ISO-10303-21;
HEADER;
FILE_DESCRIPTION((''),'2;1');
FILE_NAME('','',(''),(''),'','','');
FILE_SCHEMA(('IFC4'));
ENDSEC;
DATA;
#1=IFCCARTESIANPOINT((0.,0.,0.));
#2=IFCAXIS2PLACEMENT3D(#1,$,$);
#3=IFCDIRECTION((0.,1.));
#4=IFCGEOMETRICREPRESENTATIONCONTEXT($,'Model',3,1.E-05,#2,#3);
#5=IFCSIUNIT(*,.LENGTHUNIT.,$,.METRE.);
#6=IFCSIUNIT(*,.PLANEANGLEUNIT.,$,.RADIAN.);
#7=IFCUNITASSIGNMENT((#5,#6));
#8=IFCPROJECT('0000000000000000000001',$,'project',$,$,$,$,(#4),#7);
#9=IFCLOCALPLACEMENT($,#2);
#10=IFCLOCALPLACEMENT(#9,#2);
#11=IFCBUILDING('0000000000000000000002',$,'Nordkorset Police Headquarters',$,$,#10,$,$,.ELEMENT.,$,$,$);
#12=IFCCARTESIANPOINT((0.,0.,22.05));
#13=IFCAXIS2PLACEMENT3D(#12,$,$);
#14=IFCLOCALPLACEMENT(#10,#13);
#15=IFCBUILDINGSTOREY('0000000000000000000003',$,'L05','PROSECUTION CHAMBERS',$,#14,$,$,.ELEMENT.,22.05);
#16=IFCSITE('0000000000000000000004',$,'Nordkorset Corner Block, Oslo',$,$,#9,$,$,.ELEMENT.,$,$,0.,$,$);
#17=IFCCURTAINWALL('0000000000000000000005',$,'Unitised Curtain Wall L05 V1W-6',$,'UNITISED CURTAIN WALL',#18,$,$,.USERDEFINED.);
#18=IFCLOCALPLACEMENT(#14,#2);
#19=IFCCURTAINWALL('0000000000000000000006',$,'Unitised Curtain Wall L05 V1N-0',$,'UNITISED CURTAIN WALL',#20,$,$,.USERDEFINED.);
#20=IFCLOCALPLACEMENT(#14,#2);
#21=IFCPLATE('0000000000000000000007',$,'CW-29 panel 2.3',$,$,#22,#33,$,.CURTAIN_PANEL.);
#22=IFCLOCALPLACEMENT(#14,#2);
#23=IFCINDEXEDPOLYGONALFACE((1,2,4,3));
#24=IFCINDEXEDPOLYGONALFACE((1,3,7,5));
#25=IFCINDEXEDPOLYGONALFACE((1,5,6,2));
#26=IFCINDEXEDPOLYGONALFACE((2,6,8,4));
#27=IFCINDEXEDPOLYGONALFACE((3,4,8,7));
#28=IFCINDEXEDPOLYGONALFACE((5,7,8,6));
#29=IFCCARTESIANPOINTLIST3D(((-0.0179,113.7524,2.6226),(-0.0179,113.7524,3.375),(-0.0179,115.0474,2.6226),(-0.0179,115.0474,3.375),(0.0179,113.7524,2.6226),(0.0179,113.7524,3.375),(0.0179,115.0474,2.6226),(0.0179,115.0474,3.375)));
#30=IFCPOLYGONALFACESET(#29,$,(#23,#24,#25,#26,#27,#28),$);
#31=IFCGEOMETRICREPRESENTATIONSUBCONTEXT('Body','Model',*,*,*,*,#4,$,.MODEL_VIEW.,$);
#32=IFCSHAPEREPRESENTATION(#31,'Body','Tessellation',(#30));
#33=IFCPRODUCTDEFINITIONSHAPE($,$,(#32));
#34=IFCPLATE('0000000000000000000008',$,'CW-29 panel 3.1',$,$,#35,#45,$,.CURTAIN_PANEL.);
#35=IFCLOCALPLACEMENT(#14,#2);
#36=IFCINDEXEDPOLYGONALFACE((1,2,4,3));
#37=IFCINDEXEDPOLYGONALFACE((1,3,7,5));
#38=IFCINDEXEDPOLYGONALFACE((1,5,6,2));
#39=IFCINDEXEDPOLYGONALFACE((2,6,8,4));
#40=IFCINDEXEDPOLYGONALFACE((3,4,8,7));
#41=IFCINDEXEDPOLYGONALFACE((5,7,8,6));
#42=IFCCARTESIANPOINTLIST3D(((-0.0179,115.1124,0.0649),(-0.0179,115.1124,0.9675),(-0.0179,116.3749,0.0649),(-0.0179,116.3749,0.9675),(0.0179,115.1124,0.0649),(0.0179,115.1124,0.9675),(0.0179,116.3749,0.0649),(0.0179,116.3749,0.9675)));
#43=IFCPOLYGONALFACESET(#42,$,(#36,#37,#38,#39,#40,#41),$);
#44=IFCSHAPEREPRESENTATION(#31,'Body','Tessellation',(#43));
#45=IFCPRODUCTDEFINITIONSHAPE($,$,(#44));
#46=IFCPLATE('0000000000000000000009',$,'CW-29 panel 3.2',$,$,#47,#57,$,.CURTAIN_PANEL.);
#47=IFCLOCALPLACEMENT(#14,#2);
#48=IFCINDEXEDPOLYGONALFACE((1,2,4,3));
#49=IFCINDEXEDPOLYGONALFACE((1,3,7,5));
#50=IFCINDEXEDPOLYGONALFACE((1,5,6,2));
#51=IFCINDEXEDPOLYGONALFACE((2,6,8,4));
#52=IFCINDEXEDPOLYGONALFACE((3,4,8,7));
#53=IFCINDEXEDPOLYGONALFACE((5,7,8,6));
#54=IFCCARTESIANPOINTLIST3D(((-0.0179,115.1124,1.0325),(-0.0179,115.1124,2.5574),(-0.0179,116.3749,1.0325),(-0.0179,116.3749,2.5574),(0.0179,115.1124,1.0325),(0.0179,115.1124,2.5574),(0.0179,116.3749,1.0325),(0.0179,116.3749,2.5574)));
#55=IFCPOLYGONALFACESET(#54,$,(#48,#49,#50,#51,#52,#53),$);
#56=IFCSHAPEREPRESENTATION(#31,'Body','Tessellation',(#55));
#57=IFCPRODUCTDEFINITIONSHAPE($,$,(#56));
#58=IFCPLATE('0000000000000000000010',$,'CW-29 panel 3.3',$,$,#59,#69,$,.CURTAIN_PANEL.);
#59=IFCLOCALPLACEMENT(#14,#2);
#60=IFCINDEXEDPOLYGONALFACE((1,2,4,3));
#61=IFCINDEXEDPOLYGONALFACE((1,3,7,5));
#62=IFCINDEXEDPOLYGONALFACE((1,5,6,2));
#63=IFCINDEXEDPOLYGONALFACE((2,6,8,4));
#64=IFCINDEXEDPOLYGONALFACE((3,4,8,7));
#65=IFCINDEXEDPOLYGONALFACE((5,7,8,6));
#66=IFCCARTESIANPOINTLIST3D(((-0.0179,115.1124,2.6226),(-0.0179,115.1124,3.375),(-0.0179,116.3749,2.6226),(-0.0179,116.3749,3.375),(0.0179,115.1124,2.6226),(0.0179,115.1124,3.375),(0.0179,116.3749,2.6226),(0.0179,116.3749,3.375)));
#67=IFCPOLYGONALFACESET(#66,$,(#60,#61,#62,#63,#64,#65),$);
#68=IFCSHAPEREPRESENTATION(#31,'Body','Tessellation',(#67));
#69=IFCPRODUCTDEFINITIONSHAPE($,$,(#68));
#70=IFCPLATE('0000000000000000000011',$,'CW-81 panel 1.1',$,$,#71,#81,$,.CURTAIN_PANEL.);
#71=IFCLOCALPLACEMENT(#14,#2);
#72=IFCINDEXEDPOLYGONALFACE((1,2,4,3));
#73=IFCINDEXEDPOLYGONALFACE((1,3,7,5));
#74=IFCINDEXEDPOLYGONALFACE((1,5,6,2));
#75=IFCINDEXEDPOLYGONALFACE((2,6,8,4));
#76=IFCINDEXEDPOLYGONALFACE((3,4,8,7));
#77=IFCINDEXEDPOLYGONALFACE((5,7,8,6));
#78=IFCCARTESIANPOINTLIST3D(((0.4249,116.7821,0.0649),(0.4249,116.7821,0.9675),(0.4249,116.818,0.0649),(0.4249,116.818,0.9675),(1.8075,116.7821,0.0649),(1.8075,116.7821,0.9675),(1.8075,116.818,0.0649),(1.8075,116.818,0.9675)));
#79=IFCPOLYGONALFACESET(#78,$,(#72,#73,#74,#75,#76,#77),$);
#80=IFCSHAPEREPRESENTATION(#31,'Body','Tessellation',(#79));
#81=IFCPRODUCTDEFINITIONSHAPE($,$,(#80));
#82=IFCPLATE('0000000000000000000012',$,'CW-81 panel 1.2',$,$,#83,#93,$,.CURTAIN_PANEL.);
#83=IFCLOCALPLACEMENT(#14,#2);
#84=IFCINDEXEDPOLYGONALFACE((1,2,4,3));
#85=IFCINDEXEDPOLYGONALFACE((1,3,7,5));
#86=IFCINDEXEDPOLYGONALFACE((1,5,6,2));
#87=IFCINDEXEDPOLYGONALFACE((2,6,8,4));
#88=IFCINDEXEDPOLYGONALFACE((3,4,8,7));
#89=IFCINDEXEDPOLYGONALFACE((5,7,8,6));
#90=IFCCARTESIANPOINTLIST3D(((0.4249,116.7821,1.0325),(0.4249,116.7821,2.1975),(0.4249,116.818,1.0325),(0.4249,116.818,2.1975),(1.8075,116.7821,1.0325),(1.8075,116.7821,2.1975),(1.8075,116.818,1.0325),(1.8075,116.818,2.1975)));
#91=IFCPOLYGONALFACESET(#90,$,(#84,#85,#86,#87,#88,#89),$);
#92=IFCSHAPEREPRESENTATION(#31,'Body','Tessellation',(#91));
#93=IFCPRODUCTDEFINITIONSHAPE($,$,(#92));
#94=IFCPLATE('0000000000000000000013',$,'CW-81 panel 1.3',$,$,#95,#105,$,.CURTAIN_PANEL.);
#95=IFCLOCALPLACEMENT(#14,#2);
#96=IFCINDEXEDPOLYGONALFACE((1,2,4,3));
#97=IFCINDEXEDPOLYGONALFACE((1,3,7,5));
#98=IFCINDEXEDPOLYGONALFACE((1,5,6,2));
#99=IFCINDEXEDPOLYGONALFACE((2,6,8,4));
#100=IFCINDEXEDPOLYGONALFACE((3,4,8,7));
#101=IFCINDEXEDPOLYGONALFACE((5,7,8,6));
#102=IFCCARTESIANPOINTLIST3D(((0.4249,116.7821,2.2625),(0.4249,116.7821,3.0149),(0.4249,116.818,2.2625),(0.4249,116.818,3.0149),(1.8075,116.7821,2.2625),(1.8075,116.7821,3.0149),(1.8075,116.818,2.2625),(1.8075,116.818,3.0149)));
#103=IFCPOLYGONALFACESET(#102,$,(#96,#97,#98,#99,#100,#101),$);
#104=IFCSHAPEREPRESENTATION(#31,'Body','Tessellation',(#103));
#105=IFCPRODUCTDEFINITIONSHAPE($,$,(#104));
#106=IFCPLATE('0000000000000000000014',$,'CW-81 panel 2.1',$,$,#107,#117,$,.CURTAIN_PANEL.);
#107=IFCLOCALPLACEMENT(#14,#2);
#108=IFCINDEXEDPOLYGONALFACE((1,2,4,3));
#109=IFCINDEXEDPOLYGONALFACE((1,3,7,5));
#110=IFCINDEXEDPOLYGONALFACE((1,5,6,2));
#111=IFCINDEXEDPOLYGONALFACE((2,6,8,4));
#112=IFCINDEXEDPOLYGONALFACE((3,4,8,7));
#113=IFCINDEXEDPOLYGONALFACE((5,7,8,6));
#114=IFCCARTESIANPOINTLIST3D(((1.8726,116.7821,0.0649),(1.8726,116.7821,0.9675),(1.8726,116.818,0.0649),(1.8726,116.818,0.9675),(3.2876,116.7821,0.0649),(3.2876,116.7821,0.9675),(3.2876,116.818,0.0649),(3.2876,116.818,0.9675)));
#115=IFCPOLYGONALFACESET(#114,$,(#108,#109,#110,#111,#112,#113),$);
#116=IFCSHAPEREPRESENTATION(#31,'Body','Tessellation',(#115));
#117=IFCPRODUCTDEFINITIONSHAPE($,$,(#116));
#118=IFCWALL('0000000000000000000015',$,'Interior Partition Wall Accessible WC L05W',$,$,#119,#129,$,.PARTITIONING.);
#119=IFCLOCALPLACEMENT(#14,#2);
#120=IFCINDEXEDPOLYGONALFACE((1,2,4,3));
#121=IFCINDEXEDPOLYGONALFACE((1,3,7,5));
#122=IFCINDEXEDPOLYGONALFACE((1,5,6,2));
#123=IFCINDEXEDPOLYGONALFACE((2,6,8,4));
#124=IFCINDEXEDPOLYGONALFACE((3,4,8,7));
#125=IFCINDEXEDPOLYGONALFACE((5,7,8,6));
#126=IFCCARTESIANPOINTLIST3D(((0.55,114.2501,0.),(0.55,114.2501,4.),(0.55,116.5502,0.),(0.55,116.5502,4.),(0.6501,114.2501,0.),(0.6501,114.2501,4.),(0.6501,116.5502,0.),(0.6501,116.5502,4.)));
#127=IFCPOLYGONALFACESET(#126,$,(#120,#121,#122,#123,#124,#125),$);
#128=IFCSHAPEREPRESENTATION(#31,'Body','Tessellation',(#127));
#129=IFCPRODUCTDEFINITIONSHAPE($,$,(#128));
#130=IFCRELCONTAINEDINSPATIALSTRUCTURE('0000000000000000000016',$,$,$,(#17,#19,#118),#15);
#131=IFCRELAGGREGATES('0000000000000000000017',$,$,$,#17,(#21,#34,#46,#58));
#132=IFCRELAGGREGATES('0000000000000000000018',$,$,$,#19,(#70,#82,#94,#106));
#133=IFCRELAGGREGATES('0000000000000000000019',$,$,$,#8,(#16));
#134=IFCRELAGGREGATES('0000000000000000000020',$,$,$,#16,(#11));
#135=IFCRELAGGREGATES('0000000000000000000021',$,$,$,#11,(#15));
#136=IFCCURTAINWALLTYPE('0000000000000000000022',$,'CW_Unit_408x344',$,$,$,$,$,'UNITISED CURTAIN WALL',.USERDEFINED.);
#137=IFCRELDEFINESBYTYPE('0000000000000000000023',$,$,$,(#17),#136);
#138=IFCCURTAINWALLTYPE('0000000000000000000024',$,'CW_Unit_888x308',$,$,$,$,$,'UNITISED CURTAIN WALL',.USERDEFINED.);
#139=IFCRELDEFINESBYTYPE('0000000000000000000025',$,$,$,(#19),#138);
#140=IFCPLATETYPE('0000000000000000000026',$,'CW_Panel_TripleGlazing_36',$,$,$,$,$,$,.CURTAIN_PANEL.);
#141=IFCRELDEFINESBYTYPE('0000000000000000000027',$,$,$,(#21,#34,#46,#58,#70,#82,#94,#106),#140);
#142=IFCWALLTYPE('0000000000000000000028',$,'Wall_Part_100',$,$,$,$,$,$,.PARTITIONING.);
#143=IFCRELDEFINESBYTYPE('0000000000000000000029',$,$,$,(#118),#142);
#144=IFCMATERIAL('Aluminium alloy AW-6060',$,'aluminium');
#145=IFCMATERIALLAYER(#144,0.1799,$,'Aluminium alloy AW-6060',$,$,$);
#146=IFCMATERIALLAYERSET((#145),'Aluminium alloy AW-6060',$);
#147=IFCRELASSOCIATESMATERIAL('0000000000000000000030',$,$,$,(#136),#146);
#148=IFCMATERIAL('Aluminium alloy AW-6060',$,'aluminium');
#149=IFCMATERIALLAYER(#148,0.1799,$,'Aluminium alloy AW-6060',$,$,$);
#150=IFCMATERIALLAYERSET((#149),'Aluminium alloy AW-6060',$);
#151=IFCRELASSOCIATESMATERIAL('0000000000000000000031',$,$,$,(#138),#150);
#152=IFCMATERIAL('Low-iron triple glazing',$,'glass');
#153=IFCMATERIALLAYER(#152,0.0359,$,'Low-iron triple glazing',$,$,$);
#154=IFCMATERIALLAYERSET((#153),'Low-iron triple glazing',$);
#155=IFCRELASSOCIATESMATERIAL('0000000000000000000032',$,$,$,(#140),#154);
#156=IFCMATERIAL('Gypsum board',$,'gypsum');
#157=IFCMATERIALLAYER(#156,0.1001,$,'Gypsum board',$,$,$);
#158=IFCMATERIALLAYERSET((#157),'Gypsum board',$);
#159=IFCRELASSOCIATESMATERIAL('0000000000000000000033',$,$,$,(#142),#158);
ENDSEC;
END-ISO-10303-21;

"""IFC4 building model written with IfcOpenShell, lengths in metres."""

from ifc_helpers import new_model, si_unit, direction, frame, frame_2d, origin, origin_2d, place, context, subcontext, project, spatial, rectangle, extrude, material, layer, layer_set, type_object, element, aggregate, save


model = new_model("IFC4")

# Units and contexts
model_context = context("Model", 3, precision=1e-05, world=origin(), true_north=direction((0.0, 1.0)))
body_context = subcontext(model_context, "Body", "Model", "MODEL_VIEW")
ifc_project = project(units=[si_unit("LENGTHUNIT", "METRE"), si_unit("PLANEANGLEUNIT", "RADIAN")], contexts=[model_context])

# Site, building, storey
site_placement = place(None, origin())
site = spatial("IfcSite", under=ifc_project, at=site_placement, Name="Nordkorset Corner Block, Oslo", CompositionType="ELEMENT", RefElevation=0.0)
building_placement = place(site_placement, origin())
building = spatial("IfcBuilding", under=site, at=building_placement, Name="Nordkorset Police Headquarters", CompositionType="ELEMENT")
storey_placement = place(building_placement, frame((0.0, 0.0, 22.05)))
storey = spatial("IfcBuildingStorey", under=building, at=storey_placement, Name="L05", Description="PROSECUTION CHAMBERS", CompositionType="ELEMENT", Elevation=22.05)

# Curtain walls
ifc_material_1 = material(Name="Aluminium alloy AW-6060", Category="aluminium")
ifc_layer_1 = layer(ifc_material_1, 0.1799, Name="Aluminium alloy AW-6060")
ifc_layer_set_1 = layer_set([ifc_layer_1], Name="Aluminium alloy AW-6060")
curtain_wall_type_1 = type_object("IfcCurtainWallType", Name="CW_Unit_408x344", ElementType="UNITISED CURTAIN WALL", PredefinedType="USERDEFINED", material=ifc_layer_set_1)
curtain_wall_1_placement = place(storey_placement, origin())
curtain_wall_1 = element("IfcCurtainWall", 1, at=curtain_wall_1_placement, inside=storey, type_object=curtain_wall_type_1, Name="Unitised Curtain Wall L05 V1W-6", ObjectType="UNITISED CURTAIN WALL", PredefinedType="USERDEFINED")
ifc_material_2 = material(Name="Aluminium alloy AW-6060", Category="aluminium")
ifc_layer_2 = layer(ifc_material_2, 0.1799, Name="Aluminium alloy AW-6060")
ifc_layer_set_2 = layer_set([ifc_layer_2], Name="Aluminium alloy AW-6060")
curtain_wall_type_2 = type_object("IfcCurtainWallType", Name="CW_Unit_888x308", ElementType="UNITISED CURTAIN WALL", PredefinedType="USERDEFINED", material=ifc_layer_set_2)
curtain_wall_2_placement = place(storey_placement, origin())
curtain_wall_2 = element("IfcCurtainWall", 2, at=curtain_wall_2_placement, inside=storey, type_object=curtain_wall_type_2, Name="Unitised Curtain Wall L05 V1N-0", ObjectType="UNITISED CURTAIN WALL", PredefinedType="USERDEFINED")

# Plates
ifc_material_3 = material(Name="Low-iron triple glazing", Category="glass")
ifc_layer_3 = layer(ifc_material_3, 0.0359, Name="Low-iron triple glazing")
ifc_layer_set_3 = layer_set([ifc_layer_3], Name="Low-iron triple glazing")
plate_type = type_object("IfcPlateType", Name="CW_Panel_TripleGlazing_36", PredefinedType="CURTAIN_PANEL", material=ifc_layer_set_3)
plate_1_placement = place(storey_placement, frame((0.0, 114.3999, 2.6226), z_axis=(0.0, 0.0, 1.0), x_axis=(0.0, 1.0, 0.0)))
plate_1 = element("IfcPlate", 3, at=plate_1_placement, type_object=plate_type, Name="CW-29 panel 2.3", PredefinedType="CURTAIN_PANEL", context=body_context, shape_type="SweptSolid", body=[
    extrude(rectangle(XDim=1.2949, YDim=0.0359, at=origin_2d()), origin(), (0.0, 0.0, 1.0), 0.7524),
])
plate_2_placement = place(storey_placement, frame((0.0, 115.7437, 0.0649), z_axis=(0.0, 0.0, 1.0), x_axis=(0.0, 1.0, 0.0)))
plate_2 = element("IfcPlate", 4, at=plate_2_placement, type_object=plate_type, Name="CW-29 panel 3.1", PredefinedType="CURTAIN_PANEL", context=body_context, shape_type="SweptSolid", body=[
    extrude(rectangle(XDim=1.2625, YDim=0.0359, at=origin_2d()), origin(), (0.0, 0.0, 1.0), 0.9026),
])
plate_3_placement = place(storey_placement, frame((0.0, 115.7437, 1.0325), z_axis=(0.0, 0.0, 1.0), x_axis=(0.0, 1.0, 0.0)))
plate_3 = element("IfcPlate", 5, at=plate_3_placement, type_object=plate_type, Name="CW-29 panel 3.2", PredefinedType="CURTAIN_PANEL", context=body_context, shape_type="SweptSolid", body=[
    extrude(rectangle(XDim=1.2625, YDim=0.0359, at=origin_2d()), origin(), (0.0, 0.0, 1.0), 1.5249),
])
plate_4_placement = place(storey_placement, frame((0.0, 115.7437, 2.6226), z_axis=(0.0, 0.0, 1.0), x_axis=(0.0, 1.0, 0.0)))
plate_4 = element("IfcPlate", 6, at=plate_4_placement, type_object=plate_type, Name="CW-29 panel 3.3", PredefinedType="CURTAIN_PANEL", context=body_context, shape_type="SweptSolid", body=[
    extrude(rectangle(XDim=1.2625, YDim=0.0359, at=origin_2d()), origin(), (0.0, 0.0, 1.0), 0.7524),
])
aggregate(curtain_wall_1, [plate_1, plate_2, plate_3, plate_4])
plate_5_placement = place(storey_placement, frame((1.1162, 116.8, 0.0649), z_axis=(0.0, 0.0, 1.0), x_axis=(1.0, 0.0, 0.0)))
plate_5 = element("IfcPlate", 7, at=plate_5_placement, type_object=plate_type, Name="CW-81 panel 1.1", PredefinedType="CURTAIN_PANEL", context=body_context, shape_type="SweptSolid", body=[
    extrude(rectangle(XDim=1.3826, YDim=0.0359, at=origin_2d()), origin(), (0.0, 0.0, 1.0), 0.9026),
])
plate_6_placement = place(storey_placement, frame((1.1162, 116.8, 1.0325), z_axis=(0.0, 0.0, 1.0), x_axis=(1.0, 0.0, 0.0)))
plate_6 = element("IfcPlate", 8, at=plate_6_placement, type_object=plate_type, Name="CW-81 panel 1.2", PredefinedType="CURTAIN_PANEL", context=body_context, shape_type="SweptSolid", body=[
    extrude(rectangle(XDim=1.3826, YDim=0.0359, at=origin_2d()), origin(), (0.0, 0.0, 1.0), 1.165),
])
plate_7_placement = place(storey_placement, frame((1.1162, 116.8, 2.2625), z_axis=(0.0, 0.0, 1.0), x_axis=(1.0, 0.0, 0.0)))
plate_7 = element("IfcPlate", 9, at=plate_7_placement, type_object=plate_type, Name="CW-81 panel 1.3", PredefinedType="CURTAIN_PANEL", context=body_context, shape_type="SweptSolid", body=[
    extrude(rectangle(XDim=1.3826, YDim=0.0359, at=origin_2d()), origin(), (0.0, 0.0, 1.0), 0.7524),
])
plate_8_placement = place(storey_placement, frame((2.5801, 116.8, 0.0649), z_axis=(0.0, 0.0, 1.0), x_axis=(1.0, 0.0, 0.0)))
plate_8 = element("IfcPlate", 10, at=plate_8_placement, type_object=plate_type, Name="CW-81 panel 2.1", PredefinedType="CURTAIN_PANEL", context=body_context, shape_type="SweptSolid", body=[
    extrude(rectangle(XDim=1.415, YDim=0.0359, at=origin_2d()), origin(), (0.0, 0.0, 1.0), 0.9026),
])
aggregate(curtain_wall_2, [plate_5, plate_6, plate_7, plate_8])

# Wall
ifc_material_4 = material(Name="Gypsum board", Category="gypsum")
ifc_layer_4 = layer(ifc_material_4, 0.1001, Name="Gypsum board")
ifc_layer_set_4 = layer_set([ifc_layer_4], Name="Gypsum board")
wall_type = type_object("IfcWallType", Name="Wall_Part_100", PredefinedType="PARTITIONING", material=ifc_layer_set_4)
wall_placement = place(storey_placement, frame((0.6001, 116.55, 0.0), z_axis=(0.0, 0.0, 1.0), x_axis=(0.0, -1.0, 0.0)))
element("IfcWall", 11, at=wall_placement, inside=storey, type_object=wall_type, Name="Interior Partition Wall Accessible WC L05W", PredefinedType="PARTITIONING", context=body_context, shape_type="SweptSolid", body=[
    extrude(rectangle(XDim=2.3, YDim=0.1001, at=frame_2d((1.1499, 0.0))), origin(), (0.0, 0.0, 1.0), 4.0),
])

save(model, "model.ifc")
